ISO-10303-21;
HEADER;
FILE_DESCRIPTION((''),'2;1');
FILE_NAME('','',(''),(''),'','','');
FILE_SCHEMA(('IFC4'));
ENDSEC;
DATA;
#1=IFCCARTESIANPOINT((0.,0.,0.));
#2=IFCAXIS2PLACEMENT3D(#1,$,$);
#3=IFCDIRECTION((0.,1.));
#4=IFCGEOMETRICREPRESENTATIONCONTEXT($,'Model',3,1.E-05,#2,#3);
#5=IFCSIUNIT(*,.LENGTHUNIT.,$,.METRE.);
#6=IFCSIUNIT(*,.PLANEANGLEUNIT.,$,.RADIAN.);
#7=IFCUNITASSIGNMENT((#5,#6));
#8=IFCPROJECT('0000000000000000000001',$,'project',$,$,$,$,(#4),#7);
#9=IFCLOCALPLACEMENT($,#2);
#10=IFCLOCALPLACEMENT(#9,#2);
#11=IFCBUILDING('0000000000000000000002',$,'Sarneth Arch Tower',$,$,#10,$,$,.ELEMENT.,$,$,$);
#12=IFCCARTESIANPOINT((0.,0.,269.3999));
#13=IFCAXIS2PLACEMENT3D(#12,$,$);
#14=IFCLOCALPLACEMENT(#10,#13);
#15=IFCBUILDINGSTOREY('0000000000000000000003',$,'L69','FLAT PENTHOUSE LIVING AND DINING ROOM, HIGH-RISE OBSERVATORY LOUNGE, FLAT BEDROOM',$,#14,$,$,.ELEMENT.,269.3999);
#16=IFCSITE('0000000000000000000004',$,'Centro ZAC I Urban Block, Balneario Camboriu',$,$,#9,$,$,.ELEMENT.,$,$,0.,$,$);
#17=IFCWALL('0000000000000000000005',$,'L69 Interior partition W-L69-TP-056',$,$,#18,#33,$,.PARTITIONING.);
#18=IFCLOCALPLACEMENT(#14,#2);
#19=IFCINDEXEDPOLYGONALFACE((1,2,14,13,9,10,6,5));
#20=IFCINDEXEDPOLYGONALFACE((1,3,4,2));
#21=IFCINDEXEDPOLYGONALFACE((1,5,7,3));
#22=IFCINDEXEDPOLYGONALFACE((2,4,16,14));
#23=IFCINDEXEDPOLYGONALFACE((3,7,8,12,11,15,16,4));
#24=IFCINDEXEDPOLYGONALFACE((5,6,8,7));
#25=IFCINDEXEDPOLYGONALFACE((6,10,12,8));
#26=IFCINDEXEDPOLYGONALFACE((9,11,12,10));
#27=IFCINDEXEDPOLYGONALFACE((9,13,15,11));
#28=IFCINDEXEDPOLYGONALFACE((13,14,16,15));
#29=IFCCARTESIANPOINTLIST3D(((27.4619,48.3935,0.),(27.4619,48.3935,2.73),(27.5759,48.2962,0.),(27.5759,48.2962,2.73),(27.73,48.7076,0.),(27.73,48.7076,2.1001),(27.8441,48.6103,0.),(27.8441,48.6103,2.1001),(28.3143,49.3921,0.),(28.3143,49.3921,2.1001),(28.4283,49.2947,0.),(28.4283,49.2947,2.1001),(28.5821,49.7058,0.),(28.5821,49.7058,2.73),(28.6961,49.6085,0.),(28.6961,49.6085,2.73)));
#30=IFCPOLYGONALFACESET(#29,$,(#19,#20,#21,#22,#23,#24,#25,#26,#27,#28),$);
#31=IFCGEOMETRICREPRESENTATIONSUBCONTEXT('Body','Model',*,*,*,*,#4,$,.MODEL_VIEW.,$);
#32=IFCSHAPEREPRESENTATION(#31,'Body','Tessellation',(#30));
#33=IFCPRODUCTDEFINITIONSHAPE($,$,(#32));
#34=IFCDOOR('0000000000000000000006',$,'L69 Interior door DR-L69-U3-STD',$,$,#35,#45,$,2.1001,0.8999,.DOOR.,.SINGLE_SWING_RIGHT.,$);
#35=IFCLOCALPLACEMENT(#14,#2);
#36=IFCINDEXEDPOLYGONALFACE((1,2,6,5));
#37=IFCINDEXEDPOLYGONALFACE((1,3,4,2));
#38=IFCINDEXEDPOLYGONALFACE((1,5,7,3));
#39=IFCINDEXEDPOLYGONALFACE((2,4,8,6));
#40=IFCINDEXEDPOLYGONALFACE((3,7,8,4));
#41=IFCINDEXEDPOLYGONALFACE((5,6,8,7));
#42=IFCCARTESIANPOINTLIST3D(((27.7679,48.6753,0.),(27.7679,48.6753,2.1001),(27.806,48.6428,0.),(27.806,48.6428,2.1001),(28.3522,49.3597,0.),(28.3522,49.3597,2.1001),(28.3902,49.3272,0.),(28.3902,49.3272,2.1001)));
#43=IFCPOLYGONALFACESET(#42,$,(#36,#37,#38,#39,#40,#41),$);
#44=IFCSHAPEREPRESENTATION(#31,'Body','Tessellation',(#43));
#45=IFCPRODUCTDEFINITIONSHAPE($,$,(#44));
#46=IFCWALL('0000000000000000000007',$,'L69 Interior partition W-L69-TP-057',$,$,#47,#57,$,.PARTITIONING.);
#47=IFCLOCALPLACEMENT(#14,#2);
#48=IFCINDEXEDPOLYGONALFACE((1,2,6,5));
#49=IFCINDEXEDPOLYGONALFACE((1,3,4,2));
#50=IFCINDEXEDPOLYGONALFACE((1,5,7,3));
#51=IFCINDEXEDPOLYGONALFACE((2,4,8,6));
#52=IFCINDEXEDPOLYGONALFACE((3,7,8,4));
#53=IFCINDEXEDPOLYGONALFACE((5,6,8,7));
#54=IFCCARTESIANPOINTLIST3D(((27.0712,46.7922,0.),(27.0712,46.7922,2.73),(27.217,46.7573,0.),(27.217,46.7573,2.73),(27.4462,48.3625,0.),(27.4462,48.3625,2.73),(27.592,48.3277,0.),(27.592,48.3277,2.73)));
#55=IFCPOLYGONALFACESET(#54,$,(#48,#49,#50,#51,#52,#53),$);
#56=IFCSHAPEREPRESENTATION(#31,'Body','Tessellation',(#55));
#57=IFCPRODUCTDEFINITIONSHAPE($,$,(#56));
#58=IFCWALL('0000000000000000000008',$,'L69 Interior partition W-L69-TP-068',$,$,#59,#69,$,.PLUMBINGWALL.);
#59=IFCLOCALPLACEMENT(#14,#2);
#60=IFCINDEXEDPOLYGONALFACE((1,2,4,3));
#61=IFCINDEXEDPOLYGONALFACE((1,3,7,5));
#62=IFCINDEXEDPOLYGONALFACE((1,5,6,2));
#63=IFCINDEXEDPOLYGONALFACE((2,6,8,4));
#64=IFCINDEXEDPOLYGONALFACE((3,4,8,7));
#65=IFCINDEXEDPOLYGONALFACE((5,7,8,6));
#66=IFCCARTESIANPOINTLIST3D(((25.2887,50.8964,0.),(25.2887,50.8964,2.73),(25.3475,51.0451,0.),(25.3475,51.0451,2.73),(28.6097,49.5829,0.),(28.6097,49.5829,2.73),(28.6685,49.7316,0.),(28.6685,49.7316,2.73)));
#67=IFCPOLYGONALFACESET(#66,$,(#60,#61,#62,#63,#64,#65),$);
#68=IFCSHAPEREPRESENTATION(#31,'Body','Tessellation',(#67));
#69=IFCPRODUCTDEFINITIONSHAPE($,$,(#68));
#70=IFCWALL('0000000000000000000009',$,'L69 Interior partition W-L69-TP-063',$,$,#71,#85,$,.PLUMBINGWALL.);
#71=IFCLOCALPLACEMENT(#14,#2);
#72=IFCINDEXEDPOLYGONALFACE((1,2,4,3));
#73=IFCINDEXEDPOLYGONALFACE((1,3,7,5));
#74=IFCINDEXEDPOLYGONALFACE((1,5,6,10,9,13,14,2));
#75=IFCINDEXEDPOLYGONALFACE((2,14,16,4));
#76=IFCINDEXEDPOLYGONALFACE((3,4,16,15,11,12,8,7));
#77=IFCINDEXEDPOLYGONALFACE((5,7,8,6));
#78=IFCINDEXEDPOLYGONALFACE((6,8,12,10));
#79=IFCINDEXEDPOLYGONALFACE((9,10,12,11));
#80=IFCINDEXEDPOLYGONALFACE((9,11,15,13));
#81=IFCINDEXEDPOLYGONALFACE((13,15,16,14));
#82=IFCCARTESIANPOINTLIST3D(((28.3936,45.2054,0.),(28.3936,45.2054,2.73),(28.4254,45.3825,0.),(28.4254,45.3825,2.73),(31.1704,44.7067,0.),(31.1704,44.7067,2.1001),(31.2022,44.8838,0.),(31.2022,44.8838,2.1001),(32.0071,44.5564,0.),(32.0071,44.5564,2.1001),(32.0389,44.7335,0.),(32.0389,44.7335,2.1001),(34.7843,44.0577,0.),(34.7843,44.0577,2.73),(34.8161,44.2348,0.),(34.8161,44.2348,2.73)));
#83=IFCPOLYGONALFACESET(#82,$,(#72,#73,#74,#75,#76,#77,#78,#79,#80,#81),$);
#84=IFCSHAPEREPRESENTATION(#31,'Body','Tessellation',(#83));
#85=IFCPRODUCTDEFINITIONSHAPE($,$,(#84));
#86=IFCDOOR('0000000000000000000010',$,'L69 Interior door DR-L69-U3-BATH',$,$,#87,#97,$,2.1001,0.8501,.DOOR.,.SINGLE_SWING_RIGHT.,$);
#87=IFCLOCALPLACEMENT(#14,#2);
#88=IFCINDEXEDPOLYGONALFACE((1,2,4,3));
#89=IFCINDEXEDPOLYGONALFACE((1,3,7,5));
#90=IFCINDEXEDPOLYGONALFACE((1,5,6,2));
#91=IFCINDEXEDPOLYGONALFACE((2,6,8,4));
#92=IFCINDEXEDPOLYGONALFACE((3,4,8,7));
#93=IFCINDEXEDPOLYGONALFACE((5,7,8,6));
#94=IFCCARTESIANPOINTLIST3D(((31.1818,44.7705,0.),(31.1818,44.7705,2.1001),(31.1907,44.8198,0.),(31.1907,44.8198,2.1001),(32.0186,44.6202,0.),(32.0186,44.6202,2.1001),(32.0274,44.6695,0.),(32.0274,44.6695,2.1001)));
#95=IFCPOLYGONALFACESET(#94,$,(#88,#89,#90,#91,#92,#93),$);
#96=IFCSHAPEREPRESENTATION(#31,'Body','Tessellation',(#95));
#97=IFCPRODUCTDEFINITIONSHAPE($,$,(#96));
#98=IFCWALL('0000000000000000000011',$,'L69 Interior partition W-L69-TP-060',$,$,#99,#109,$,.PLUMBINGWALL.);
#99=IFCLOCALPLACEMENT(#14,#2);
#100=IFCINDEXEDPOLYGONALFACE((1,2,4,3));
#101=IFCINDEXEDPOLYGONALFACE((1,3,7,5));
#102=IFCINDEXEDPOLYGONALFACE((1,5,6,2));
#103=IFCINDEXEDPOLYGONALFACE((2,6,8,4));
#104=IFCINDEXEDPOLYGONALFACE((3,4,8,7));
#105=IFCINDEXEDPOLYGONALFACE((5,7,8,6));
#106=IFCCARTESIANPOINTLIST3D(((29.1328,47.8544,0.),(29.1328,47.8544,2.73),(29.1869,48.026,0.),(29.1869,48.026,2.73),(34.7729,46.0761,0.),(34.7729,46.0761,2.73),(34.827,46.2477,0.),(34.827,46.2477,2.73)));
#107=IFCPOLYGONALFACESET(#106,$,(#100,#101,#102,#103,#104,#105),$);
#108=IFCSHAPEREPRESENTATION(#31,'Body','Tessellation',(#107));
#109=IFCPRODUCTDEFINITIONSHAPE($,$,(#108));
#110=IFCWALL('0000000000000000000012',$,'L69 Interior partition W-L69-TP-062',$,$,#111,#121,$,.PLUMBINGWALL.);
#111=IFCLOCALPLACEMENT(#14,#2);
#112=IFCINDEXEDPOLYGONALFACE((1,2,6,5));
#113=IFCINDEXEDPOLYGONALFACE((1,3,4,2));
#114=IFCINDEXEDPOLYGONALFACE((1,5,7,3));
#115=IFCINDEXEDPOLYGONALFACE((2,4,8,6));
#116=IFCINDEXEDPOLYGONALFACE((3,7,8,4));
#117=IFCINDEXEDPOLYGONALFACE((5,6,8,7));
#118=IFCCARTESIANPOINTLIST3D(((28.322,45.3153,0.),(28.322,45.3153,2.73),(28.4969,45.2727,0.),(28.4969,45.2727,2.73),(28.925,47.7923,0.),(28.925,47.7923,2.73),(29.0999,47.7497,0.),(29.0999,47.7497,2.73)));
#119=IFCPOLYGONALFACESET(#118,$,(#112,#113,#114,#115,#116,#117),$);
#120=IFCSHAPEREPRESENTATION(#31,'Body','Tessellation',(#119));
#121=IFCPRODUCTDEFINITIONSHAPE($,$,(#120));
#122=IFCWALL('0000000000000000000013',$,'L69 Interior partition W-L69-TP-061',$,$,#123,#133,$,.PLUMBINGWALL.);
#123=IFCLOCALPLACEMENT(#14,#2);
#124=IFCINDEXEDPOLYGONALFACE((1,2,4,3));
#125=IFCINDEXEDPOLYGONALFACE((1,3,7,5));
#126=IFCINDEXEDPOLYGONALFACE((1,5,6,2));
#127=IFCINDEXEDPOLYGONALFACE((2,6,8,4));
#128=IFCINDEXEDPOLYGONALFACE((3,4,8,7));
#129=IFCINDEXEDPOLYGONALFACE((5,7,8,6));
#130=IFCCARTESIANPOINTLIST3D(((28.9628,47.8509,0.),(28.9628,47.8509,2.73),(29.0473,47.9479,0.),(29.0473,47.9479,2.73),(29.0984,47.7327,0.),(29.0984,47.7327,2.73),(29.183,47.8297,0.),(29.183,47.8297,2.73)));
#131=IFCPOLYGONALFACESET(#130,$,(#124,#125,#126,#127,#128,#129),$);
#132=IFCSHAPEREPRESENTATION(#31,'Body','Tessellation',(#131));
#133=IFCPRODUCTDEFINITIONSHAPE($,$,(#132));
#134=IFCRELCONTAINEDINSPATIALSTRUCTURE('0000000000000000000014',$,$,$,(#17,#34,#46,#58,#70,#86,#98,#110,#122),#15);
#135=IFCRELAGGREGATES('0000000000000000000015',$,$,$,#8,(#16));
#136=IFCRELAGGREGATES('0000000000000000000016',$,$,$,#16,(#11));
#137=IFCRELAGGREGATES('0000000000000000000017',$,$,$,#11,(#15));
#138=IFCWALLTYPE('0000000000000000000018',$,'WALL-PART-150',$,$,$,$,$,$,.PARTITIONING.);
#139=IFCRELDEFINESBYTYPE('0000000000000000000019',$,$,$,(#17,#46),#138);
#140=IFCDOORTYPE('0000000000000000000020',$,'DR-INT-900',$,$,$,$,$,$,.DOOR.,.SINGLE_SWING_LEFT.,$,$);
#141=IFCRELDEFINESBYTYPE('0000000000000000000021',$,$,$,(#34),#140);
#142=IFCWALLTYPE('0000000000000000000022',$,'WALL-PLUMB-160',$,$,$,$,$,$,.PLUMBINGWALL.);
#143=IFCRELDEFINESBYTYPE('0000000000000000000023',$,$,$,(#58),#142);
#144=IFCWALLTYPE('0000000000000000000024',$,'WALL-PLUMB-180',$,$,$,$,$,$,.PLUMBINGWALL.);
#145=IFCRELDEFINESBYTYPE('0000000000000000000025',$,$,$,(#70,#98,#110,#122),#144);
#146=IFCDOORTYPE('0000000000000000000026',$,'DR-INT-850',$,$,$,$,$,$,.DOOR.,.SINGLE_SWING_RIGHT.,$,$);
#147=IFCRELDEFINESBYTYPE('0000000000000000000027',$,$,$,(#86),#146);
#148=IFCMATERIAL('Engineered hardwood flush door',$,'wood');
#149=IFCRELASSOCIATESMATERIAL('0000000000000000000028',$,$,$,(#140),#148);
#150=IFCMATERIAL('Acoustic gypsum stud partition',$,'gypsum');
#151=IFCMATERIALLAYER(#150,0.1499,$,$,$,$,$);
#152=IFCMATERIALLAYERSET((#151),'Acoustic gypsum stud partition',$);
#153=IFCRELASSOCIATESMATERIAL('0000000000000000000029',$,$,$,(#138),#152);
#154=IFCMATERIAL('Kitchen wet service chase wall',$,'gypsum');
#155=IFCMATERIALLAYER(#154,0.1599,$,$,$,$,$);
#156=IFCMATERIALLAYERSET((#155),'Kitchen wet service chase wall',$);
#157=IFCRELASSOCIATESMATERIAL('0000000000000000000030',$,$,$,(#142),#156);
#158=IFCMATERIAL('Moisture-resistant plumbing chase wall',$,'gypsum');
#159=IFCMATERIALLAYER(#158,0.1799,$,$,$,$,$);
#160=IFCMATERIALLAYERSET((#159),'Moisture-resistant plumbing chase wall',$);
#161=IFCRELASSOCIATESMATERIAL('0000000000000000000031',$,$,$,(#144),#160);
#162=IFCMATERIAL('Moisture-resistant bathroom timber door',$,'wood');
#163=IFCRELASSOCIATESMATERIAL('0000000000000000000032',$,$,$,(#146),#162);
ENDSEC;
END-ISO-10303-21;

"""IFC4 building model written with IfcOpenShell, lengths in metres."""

from ifc_helpers import new_model, si_unit, direction, frame, frame_2d, origin, place, context, subcontext, project, spatial, rectangle, extrude, material, layer, layer_set, type_object, element, fill, save


model = new_model("IFC4")

# Units and contexts
model_context = context("Model", 3, precision=1e-05, world=origin(), true_north=direction((0.0, 1.0)))
body_context = subcontext(model_context, "Body", "Model", "MODEL_VIEW")
ifc_project = project(units=[si_unit("LENGTHUNIT", "METRE"), si_unit("PLANEANGLEUNIT", "RADIAN")], contexts=[model_context])

# Site, building, storey
site_placement = place(None, origin())
site = spatial("IfcSite", under=ifc_project, at=site_placement, Name="Centro ZAC I Urban Block, Balneario Camboriu", CompositionType="ELEMENT", RefElevation=0.0)
building_placement = place(site_placement, origin())
building = spatial("IfcBuilding", under=site, at=building_placement, Name="Sarneth Arch Tower", CompositionType="ELEMENT")
storey_placement = place(building_placement, frame((0.0, 0.0, 269.3999)))
storey = spatial("IfcBuildingStorey", under=building, at=storey_placement, Name="L69", Description="FLAT PENTHOUSE LIVING AND DINING ROOM, HIGH-RISE OBSERVATORY LOUNGE, FLAT BEDROOM", CompositionType="ELEMENT", Elevation=269.3999)

# Shared definitions
ifc_material_1 = material(Name="Engineered hardwood flush door", Category="wood")
door_type_1 = type_object("IfcDoorType", Name="DR-INT-900", OperationType="SINGLE_SWING_LEFT", PredefinedType="DOOR", material=ifc_material_1)

# Shared definitions
ifc_material_2 = material(Name="Acoustic gypsum stud partition", Category="gypsum")
ifc_layer_1 = layer(ifc_material_2, 0.1499)
ifc_layer_set_1 = layer_set([ifc_layer_1], Name="Acoustic gypsum stud partition")
wall_type_1 = type_object("IfcWallType", Name="WALL-PART-150", PredefinedType="PARTITIONING", material=ifc_layer_set_1)

# Wall, opening, door
wall_1_placement = place(storey_placement, frame((28.6392, 49.6572, 0.0), z_axis=(0.0, 0.0, 1.0), x_axis=(-0.649228, -0.760593, 0.0)))
wall_1 = element("IfcWall", 1, at=wall_1_placement, inside=storey, type_object=wall_type_1, Name="L69 Interior partition W-L69-TP-056", PredefinedType="PARTITIONING", context=body_context, shape_type="SweptSolid", body=[
    extrude(rectangle(XDim=1.7253, YDim=0.1499, at=frame_2d((0.8628, 0.0))), origin(), (0.0, 0.0, 1.0), 2.73),
])
opening_1_placement = place(wall_1_placement, frame((0.4126, 0.0, 0.0)))
opening_1 = element("IfcOpeningElement", 2, at=opening_1_placement, cuts=wall_1, PredefinedType="OPENING", context=body_context, shape_type="SweptSolid", body=[
    extrude(rectangle(XDim=0.8999, YDim=2.1001, at=frame_2d((0.45, 1.05))), frame((0.0, 0.085, 0.0), z_axis=(0.0, -1.0, 0.0), x_axis=(1.0, 0.0, 0.0)), (0.0, 0.0, 1.0), 0.1699),
])
door_1_placement = place(opening_1_placement, origin())
door_1 = element("IfcDoor", 3, at=door_1_placement, inside=storey, type_object=door_type_1, Name="L69 Interior door DR-L69-U3-STD", OperationType="SINGLE_SWING_RIGHT", OverallHeight=2.1001, OverallWidth=0.8999, PredefinedType="DOOR", context=body_context, shape_type="SweptSolid", body=[
    extrude(rectangle(XDim=0.8999, YDim=2.1001, at=frame_2d((0.45, 1.05))), frame((0.0, 0.0249, 0.0), z_axis=(0.0, -1.0, 0.0), x_axis=(1.0, 0.0, 0.0)), (0.0, 0.0, 1.0), 0.05),
])
fill(opening_1, door_1)

# Walls
wall_2_placement = place(storey_placement, frame((27.519, 48.345, 0.0), z_axis=(0.0, 0.0, 1.0), x_axis=(-0.232275, -0.97265, 0.0)))
element("IfcWall", 4, at=wall_2_placement, inside=storey, type_object=wall_type_1, Name="L69 Interior partition W-L69-TP-057", PredefinedType="PARTITIONING", context=body_context, shape_type="SweptSolid", body=[
    extrude(rectangle(XDim=1.6145, YDim=0.1499, at=frame_2d((0.8071, 0.0))), origin(), (0.0, 0.0, 1.0), 2.73),
])
ifc_material_3 = material(Name="Kitchen wet service chase wall", Category="gypsum")
ifc_layer_2 = layer(ifc_material_3, 0.1599)
ifc_layer_set_2 = layer_set([ifc_layer_2], Name="Kitchen wet service chase wall")
wall_type_2 = type_object("IfcWallType", Name="WALL-PLUMB-160", PredefinedType="PLUMBINGWALL", material=ifc_layer_set_2)
wall_3_placement = place(storey_placement, frame((25.3181, 50.9707, 0.0), z_axis=(0.0, 0.0, 1.0), x_axis=(0.929912, -0.367781, 0.0)))
element("IfcWall", 5, at=wall_3_placement, inside=storey, type_object=wall_type_2, Name="L69 Interior partition W-L69-TP-068", PredefinedType="PLUMBINGWALL", context=body_context, shape_type="SweptSolid", body=[
    extrude(rectangle(XDim=3.5713, YDim=0.1599, at=frame_2d((1.7856, 0.0))), origin(), (0.0, 0.0, 1.0), 2.73),
])

# Wall, opening, door
ifc_material_4 = material(Name="Moisture-resistant plumbing chase wall", Category="gypsum")
ifc_layer_3 = layer(ifc_material_4, 0.1799)
ifc_layer_set_3 = layer_set([ifc_layer_3], Name="Moisture-resistant plumbing chase wall")
wall_type_3 = type_object("IfcWallType", Name="WALL-PLUMB-180", PredefinedType="PLUMBINGWALL", material=ifc_layer_set_3)
wall_4_placement = place(storey_placement, frame((28.4094, 45.2939, 0.0), z_axis=(0.0, 0.0, 1.0), x_axis=(0.984253, -0.176764, 0.0)))
wall_4 = element("IfcWall", 6, at=wall_4_placement, inside=storey, type_object=wall_type_3, Name="L69 Interior partition W-L69-TP-063", PredefinedType="PLUMBINGWALL", context=body_context, shape_type="SweptSolid", body=[
    extrude(rectangle(XDim=6.4929, YDim=0.1799, at=frame_2d((3.2466, 0.0))), origin(), (0.0, 0.0, 1.0), 2.73),
])
opening_2_placement = place(wall_4_placement, frame((2.8213, 0.0, 0.0)))
opening_2 = element("IfcOpeningElement", 7, at=opening_2_placement, cuts=wall_4, PredefinedType="OPENING", context=body_context, shape_type="SweptSolid", body=[
    extrude(rectangle(XDim=0.8501, YDim=2.1001, at=frame_2d((0.425, 1.05))), frame((0.0, 0.0999, 0.0), z_axis=(0.0, -1.0, 0.0), x_axis=(1.0, 0.0, 0.0)), (0.0, 0.0, 1.0), 0.2),
])
ifc_material_5 = material(Name="Moisture-resistant bathroom timber door", Category="wood")
door_type_2 = type_object("IfcDoorType", Name="DR-INT-850", OperationType="SINGLE_SWING_RIGHT", PredefinedType="DOOR", material=ifc_material_5)
door_2_placement = place(opening_2_placement, origin())
door_2 = element("IfcDoor", 8, at=door_2_placement, inside=storey, type_object=door_type_2, Name="L69 Interior door DR-L69-U3-BATH", OperationType="SINGLE_SWING_RIGHT", OverallHeight=2.1001, OverallWidth=0.8501, PredefinedType="DOOR", context=body_context, shape_type="SweptSolid", body=[
    extrude(rectangle(XDim=0.8501, YDim=2.1001, at=frame_2d((0.425, 1.05))), frame((0.0, 0.0249, 0.0), z_axis=(0.0, -1.0, 0.0), x_axis=(1.0, 0.0, 0.0)), (0.0, 0.0, 1.0), 0.05),
])
fill(opening_2, door_2)

# Walls
wall_5_placement = place(storey_placement, frame((34.8, 46.1619, 0.0), z_axis=(0.0, 0.0, 1.0), x_axis=(-0.953717, 0.300705, 0.0)))
element("IfcWall", 9, at=wall_5_placement, inside=storey, type_object=wall_type_3, Name="L69 Interior partition W-L69-TP-060", PredefinedType="PLUMBINGWALL", context=body_context, shape_type="SweptSolid", body=[
    extrude(rectangle(XDim=5.9138, YDim=0.1799, at=frame_2d((2.957, 0.0))), origin(), (0.0, 0.0, 1.0), 2.73),
])
wall_6_placement = place(storey_placement, frame((29.0125, 47.771, 0.0), z_axis=(0.0, 0.0, 1.0), x_axis=(-0.236537, -0.971622, 0.0)))
element("IfcWall", 10, at=wall_6_placement, inside=storey, type_object=wall_type_3, Name="L69 Interior partition W-L69-TP-062", PredefinedType="PLUMBINGWALL", context=body_context, shape_type="SweptSolid", body=[
    extrude(rectangle(XDim=2.5493, YDim=0.1799, at=frame_2d((1.2747, 0.0))), origin(), (0.0, 0.0, 1.0), 2.73),
])
wall_7_placement = place(storey_placement, frame((29.1152, 47.8889, 0.0), z_axis=(0.0, 0.0, 1.0), x_axis=(-0.657025, -0.753869, 0.0)))
element("IfcWall", 11, at=wall_7_placement, inside=storey, type_object=wall_type_3, Name="L69 Interior partition W-L69-TP-061", PredefinedType="PLUMBINGWALL", context=body_context, shape_type="SweptSolid", body=[
    extrude(rectangle(XDim=0.1287, YDim=0.1799, at=frame_2d((0.0645, 0.0))), origin(), (0.0, 0.0, 1.0), 2.73),
])

save(model, "model.ifc")
